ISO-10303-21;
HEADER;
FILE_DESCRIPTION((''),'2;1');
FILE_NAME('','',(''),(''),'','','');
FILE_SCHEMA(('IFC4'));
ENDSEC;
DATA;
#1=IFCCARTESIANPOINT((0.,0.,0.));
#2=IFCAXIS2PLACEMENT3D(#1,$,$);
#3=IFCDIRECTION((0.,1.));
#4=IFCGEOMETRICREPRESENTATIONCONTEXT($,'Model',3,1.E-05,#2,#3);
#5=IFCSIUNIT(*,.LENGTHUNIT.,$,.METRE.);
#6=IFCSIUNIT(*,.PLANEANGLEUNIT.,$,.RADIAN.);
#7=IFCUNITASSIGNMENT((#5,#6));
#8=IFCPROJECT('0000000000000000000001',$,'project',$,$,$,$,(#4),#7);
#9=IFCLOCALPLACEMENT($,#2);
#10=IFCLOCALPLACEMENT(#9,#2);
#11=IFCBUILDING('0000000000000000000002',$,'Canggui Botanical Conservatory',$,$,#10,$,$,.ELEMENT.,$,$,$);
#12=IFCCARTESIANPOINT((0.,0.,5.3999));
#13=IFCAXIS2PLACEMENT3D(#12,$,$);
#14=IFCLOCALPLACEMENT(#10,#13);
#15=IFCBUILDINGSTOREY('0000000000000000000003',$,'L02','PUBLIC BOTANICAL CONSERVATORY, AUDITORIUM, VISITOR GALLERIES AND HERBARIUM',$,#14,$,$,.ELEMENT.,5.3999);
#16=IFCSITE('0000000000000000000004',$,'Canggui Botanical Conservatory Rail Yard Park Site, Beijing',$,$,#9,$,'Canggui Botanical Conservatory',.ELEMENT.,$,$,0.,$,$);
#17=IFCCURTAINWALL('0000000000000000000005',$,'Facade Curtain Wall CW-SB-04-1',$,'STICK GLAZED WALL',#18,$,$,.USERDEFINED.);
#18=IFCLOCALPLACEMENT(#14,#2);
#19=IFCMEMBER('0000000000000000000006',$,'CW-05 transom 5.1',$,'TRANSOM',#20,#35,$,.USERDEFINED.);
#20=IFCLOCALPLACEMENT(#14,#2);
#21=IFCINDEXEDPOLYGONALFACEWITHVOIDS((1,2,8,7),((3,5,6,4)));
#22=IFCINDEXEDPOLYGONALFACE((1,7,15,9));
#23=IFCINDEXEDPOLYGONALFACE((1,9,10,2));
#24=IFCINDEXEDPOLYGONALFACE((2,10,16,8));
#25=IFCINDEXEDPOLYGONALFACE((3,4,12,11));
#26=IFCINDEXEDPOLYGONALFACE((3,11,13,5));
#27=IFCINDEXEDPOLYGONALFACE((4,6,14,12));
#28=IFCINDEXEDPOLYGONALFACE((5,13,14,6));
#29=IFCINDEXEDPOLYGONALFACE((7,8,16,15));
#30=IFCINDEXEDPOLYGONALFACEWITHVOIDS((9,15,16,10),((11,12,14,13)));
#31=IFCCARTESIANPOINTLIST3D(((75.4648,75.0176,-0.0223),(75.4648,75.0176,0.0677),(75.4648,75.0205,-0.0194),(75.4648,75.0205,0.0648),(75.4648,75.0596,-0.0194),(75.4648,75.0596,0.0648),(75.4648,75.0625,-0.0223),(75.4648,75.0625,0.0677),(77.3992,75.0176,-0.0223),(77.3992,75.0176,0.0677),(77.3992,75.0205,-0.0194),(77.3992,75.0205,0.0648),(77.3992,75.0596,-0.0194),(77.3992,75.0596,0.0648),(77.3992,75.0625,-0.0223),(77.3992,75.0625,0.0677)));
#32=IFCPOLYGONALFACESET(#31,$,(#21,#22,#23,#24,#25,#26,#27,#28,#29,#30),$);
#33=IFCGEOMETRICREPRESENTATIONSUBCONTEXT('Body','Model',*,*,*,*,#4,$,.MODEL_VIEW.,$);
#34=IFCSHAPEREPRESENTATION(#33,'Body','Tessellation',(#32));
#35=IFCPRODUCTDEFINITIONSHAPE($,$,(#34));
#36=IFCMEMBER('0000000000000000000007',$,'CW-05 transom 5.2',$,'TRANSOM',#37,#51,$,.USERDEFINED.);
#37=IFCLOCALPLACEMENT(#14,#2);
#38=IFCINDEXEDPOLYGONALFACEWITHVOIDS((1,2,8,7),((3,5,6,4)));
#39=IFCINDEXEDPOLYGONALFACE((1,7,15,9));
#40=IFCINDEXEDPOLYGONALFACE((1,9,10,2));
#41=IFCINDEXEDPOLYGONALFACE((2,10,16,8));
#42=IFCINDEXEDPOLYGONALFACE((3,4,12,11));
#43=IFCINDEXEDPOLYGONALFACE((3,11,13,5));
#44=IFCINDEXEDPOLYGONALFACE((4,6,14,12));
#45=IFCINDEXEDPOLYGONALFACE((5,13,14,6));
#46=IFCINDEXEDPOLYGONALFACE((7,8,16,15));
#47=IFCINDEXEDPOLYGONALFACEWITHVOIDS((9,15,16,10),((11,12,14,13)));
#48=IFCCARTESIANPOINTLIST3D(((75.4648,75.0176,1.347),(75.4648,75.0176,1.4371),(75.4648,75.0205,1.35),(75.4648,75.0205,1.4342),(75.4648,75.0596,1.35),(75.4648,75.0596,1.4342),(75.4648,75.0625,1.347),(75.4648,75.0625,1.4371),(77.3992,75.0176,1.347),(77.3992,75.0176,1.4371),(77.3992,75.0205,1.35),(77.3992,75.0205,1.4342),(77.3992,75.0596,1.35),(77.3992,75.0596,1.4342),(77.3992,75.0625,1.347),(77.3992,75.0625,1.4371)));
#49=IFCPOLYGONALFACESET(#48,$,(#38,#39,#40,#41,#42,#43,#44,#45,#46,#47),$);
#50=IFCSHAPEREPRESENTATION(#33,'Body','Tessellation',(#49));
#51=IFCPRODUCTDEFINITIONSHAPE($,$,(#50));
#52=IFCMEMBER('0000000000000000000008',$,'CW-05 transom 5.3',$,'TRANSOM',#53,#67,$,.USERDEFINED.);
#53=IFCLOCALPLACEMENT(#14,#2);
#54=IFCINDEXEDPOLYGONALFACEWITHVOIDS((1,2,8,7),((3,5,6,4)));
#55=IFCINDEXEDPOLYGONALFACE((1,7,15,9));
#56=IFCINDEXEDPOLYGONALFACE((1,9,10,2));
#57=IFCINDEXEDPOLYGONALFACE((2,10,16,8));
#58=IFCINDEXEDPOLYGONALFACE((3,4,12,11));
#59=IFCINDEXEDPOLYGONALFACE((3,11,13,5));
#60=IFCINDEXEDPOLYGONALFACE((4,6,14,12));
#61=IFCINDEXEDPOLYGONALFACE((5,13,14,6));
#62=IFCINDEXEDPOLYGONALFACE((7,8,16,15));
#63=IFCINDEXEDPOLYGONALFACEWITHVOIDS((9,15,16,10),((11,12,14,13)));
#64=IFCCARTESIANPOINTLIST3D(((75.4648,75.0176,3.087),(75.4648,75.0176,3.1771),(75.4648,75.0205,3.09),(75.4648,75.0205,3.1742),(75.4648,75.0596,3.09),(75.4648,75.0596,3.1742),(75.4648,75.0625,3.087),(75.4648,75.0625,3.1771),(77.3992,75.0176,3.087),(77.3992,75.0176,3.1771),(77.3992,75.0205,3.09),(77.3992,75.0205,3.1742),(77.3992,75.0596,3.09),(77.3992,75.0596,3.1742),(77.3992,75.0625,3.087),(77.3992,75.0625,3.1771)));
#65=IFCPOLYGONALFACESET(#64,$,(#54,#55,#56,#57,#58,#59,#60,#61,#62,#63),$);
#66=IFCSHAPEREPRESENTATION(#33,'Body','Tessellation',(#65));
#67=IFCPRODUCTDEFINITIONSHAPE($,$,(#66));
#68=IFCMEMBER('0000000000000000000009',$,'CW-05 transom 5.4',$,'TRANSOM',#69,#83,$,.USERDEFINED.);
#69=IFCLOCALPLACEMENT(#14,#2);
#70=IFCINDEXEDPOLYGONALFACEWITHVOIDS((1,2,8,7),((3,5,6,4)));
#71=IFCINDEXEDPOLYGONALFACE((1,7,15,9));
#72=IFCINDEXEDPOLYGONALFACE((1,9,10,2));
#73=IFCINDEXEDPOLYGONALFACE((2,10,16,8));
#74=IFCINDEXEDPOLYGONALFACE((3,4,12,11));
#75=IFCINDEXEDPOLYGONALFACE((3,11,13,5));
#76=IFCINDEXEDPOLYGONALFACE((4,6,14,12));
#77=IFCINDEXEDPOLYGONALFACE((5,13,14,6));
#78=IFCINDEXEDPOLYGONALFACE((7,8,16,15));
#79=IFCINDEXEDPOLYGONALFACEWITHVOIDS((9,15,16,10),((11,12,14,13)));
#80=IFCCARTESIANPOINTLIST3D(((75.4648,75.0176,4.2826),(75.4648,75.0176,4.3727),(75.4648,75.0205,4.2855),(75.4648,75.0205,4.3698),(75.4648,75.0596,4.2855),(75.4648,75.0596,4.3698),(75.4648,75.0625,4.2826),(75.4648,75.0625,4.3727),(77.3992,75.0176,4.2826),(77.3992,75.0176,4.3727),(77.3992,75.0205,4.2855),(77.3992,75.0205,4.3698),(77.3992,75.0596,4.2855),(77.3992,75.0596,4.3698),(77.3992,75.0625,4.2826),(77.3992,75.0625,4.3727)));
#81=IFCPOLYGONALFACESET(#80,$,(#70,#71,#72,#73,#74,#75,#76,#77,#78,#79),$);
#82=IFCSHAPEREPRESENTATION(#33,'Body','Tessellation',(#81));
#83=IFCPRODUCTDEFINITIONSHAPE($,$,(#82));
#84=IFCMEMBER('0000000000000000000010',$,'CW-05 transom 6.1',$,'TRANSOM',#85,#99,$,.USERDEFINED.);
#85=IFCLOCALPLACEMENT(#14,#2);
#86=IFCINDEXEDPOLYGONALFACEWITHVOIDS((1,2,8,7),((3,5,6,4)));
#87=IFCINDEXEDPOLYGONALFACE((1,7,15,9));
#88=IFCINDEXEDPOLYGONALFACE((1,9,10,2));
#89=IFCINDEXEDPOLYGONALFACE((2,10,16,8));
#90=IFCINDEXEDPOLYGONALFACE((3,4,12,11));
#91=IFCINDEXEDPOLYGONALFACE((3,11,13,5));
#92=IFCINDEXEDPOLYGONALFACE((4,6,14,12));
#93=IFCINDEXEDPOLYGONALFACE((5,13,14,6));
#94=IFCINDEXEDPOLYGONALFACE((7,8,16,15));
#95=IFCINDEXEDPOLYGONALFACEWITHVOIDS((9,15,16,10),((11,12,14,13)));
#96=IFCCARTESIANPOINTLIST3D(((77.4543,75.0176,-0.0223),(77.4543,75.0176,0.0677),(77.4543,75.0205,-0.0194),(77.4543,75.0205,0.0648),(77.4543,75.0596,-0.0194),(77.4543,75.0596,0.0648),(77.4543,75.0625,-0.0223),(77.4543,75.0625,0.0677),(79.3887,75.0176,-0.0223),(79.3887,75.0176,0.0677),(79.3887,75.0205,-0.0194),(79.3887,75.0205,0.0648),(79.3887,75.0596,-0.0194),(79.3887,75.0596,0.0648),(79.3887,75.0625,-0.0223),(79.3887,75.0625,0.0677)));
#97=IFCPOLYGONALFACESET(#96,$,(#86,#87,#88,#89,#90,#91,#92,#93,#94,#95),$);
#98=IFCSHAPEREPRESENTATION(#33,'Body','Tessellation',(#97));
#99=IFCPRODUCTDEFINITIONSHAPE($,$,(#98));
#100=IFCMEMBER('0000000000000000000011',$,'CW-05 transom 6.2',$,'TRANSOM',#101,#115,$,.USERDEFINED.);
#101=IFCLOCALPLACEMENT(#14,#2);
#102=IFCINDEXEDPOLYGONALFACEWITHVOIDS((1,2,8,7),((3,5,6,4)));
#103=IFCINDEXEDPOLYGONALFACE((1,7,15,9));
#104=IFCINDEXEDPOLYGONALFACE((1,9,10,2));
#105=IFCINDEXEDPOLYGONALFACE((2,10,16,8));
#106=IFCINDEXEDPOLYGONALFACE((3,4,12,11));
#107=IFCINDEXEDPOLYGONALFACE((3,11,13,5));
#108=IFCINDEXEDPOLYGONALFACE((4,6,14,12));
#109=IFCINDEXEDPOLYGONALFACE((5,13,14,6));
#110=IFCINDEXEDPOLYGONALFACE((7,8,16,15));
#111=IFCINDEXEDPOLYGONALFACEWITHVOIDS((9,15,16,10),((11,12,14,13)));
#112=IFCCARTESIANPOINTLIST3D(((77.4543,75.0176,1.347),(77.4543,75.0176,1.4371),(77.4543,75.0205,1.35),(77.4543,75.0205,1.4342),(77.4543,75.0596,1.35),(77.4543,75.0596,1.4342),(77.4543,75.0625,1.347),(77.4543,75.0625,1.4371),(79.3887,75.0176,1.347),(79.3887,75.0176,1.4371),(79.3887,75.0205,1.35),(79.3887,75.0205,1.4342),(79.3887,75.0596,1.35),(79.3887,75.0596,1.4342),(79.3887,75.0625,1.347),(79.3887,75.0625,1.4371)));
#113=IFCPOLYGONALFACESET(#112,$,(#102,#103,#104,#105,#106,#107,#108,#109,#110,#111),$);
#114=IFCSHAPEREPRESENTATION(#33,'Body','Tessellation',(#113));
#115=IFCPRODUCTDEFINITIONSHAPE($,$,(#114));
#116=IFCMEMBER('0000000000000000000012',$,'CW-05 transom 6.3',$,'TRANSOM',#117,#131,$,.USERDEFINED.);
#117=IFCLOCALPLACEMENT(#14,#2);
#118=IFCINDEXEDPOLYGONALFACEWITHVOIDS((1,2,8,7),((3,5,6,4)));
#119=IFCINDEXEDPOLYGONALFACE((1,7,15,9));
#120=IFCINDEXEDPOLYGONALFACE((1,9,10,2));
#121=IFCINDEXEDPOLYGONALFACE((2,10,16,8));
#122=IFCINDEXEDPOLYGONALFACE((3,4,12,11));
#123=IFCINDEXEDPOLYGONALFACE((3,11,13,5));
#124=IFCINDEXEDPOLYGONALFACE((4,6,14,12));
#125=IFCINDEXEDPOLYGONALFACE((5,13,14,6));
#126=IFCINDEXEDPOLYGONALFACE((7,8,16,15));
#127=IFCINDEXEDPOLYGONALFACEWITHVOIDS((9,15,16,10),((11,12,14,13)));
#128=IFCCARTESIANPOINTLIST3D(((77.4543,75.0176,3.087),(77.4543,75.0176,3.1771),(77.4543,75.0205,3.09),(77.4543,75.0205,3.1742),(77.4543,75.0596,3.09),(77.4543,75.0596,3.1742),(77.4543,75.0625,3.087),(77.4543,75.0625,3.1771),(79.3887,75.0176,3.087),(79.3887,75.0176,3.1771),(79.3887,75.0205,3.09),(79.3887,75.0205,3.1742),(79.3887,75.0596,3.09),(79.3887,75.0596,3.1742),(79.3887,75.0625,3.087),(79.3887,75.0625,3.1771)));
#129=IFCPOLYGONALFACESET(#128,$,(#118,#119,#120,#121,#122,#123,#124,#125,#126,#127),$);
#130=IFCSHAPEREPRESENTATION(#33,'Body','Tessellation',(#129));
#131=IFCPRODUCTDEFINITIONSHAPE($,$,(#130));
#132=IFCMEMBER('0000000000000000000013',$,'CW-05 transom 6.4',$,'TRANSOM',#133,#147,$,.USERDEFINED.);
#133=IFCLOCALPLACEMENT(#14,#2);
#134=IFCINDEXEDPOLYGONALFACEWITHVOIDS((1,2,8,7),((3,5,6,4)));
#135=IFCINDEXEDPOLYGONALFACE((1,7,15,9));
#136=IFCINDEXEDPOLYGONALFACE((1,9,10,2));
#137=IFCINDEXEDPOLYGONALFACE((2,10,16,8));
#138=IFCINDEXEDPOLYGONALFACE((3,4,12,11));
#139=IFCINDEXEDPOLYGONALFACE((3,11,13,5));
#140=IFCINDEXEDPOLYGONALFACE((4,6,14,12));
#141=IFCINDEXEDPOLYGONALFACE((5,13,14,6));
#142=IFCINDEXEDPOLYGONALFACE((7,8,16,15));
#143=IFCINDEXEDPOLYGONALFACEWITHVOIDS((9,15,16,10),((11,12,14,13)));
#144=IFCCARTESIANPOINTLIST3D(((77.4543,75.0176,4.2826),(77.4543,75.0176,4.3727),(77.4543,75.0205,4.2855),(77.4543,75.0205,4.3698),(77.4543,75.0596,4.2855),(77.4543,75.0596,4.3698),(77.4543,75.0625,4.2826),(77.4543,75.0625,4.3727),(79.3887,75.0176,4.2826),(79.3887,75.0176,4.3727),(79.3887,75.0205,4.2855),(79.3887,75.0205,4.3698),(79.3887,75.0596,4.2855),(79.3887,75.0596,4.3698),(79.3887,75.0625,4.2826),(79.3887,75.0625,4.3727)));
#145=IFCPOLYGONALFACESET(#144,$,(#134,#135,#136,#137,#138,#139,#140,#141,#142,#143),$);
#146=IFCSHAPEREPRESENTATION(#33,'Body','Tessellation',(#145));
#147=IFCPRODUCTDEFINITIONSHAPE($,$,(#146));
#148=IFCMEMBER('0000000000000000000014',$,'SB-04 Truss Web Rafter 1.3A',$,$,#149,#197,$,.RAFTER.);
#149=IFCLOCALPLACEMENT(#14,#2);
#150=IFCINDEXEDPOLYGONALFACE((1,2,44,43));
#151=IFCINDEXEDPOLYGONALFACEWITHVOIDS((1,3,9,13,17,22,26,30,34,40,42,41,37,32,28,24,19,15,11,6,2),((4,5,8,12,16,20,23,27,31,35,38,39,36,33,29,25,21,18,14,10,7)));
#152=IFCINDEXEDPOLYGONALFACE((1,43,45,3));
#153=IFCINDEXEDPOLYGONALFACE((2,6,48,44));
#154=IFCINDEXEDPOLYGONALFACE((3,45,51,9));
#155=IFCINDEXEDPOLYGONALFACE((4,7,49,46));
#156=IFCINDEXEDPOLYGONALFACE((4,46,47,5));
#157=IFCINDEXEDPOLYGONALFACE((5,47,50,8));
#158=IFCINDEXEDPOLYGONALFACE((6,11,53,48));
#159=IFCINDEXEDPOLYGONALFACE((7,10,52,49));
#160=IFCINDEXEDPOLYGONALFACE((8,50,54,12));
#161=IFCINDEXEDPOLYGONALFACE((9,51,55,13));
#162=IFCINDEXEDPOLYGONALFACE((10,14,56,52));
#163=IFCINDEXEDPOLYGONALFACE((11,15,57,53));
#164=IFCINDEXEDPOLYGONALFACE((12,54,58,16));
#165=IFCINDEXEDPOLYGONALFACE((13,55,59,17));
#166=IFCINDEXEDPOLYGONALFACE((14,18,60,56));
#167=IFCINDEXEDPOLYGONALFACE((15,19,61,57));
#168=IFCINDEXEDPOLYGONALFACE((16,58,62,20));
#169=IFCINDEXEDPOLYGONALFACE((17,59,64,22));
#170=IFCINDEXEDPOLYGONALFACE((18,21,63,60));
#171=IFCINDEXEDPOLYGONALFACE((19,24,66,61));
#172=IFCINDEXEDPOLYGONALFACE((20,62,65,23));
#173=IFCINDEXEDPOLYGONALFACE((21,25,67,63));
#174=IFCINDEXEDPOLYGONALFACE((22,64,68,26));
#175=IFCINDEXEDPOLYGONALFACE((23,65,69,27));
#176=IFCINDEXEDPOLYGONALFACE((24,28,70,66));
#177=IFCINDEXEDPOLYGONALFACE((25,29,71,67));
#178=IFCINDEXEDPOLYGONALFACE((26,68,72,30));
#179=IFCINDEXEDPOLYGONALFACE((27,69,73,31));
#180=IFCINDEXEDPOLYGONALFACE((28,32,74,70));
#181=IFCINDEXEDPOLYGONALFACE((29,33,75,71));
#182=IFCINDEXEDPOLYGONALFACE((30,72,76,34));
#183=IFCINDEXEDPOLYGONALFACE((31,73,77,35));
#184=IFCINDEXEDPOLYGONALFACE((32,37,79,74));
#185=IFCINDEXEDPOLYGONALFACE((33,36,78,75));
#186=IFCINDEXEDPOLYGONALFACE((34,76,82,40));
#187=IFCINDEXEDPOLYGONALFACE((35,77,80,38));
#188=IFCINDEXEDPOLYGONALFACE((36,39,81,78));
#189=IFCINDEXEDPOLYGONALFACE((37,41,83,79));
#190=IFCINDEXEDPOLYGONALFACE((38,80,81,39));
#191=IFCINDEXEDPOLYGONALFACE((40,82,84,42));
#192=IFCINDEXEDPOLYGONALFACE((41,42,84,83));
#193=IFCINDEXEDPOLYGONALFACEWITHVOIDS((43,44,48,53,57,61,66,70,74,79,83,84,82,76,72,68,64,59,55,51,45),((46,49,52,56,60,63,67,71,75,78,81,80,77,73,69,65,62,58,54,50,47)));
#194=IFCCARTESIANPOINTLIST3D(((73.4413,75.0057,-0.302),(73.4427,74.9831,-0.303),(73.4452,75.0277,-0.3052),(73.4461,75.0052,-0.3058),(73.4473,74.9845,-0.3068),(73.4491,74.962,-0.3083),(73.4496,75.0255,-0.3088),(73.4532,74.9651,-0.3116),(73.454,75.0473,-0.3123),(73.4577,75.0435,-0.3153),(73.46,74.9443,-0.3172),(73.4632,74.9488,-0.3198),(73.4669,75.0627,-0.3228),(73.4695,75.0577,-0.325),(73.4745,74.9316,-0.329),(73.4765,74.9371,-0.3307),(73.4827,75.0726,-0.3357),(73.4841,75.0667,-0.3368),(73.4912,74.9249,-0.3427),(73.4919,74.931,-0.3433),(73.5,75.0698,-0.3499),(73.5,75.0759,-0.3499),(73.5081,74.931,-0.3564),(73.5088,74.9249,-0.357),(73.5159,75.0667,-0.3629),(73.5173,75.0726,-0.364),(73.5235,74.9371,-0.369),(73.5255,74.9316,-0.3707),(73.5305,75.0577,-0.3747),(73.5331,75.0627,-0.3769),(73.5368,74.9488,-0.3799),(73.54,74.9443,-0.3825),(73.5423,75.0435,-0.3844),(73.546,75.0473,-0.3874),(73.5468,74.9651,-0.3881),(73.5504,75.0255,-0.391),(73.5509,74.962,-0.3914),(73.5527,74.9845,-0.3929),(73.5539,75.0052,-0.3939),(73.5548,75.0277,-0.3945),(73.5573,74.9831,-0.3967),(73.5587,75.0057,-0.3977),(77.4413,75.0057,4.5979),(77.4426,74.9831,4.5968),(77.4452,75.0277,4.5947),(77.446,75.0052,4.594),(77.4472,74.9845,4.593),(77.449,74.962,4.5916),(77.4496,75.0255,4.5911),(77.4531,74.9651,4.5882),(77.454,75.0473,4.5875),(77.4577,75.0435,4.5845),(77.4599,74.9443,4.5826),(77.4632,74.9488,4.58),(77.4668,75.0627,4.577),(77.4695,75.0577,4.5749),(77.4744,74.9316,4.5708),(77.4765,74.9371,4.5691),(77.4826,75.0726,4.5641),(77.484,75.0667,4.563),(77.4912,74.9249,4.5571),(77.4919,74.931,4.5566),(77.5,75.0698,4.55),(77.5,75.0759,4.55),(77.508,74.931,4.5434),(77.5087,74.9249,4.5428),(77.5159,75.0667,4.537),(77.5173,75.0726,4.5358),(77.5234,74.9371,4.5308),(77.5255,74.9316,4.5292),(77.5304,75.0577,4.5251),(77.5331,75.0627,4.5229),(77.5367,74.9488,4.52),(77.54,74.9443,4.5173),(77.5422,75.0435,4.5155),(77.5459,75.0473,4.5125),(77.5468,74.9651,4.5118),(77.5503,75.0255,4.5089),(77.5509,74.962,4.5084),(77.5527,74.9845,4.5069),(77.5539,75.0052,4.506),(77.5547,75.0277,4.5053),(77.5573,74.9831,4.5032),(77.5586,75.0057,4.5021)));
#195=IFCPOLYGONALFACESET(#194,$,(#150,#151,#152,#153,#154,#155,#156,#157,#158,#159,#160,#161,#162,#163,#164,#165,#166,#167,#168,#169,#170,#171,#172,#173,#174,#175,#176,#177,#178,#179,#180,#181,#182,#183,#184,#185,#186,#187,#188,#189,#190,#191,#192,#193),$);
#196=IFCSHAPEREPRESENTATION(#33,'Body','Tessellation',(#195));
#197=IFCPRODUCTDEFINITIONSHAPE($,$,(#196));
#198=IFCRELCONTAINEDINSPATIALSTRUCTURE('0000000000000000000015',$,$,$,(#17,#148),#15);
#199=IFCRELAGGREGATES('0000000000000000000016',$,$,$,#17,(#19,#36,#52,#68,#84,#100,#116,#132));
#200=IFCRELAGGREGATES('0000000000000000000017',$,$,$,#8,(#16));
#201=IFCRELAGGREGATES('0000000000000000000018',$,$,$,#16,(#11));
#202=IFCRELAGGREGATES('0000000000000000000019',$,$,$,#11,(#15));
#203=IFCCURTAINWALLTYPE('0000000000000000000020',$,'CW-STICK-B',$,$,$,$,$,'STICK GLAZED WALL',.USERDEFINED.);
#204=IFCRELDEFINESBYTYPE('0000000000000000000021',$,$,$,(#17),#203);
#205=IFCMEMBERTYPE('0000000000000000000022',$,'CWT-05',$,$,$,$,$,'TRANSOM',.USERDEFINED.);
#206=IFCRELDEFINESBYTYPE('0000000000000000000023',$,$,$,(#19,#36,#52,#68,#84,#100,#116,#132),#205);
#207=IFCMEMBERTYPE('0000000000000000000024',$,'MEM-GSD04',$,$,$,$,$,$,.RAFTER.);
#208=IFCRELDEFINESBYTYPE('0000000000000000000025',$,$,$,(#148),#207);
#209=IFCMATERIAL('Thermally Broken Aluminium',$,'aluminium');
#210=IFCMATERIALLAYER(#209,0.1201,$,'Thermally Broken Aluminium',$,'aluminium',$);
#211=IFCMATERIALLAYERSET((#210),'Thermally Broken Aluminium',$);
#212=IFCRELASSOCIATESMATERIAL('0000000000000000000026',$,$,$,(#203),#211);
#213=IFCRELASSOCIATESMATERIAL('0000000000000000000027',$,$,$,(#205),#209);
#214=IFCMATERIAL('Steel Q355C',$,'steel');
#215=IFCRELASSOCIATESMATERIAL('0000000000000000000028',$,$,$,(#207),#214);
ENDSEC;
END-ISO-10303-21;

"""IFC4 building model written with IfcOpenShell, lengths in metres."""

from ifc_helpers import new_model, si_unit, direction, frame, origin, origin_2d, place, context, subcontext, project, spatial, hollow_rectangle, hollow_circle, extrude, material, layer, layer_set, material_profile, profile_set, type_object, element, aggregate, save


model = new_model("IFC4")

# Units and contexts
model_context = context("Model", 3, precision=1e-05, world=origin(), true_north=direction((0.0, 1.0)))
body_context = subcontext(model_context, "Body", "Model", "MODEL_VIEW")
ifc_project = project(units=[si_unit("LENGTHUNIT", "METRE"), si_unit("PLANEANGLEUNIT", "RADIAN")], contexts=[model_context])

# Site, building, storey
site_placement = place(None, origin())
site = spatial("IfcSite", under=ifc_project, at=site_placement, Name="Canggui Botanical Conservatory Rail Yard Park Site, Beijing", LongName="Canggui Botanical Conservatory", CompositionType="ELEMENT", RefElevation=0.0)
building_placement = place(site_placement, origin())
building = spatial("IfcBuilding", under=site, at=building_placement, Name="Canggui Botanical Conservatory", CompositionType="ELEMENT")
storey_placement = place(building_placement, frame((0.0, 0.0, 5.3999)))
storey = spatial("IfcBuildingStorey", under=building, at=storey_placement, Name="L02", Description="PUBLIC BOTANICAL CONSERVATORY, AUDITORIUM, VISITOR GALLERIES AND HERBARIUM", CompositionType="ELEMENT", Elevation=5.3999)

# Shared definitions
ifc_material_1 = material(Name="Steel Q355C", Category="steel")

# Curtain wall, members
ifc_material_2 = material(Name="Thermally Broken Aluminium", Category="aluminium")
ifc_layer_1 = layer(ifc_material_2, 0.1201, Name="Thermally Broken Aluminium", Category="aluminium")
ifc_layer_set_1 = layer_set([ifc_layer_1], Name="Thermally Broken Aluminium")
curtain_wall_type = type_object("IfcCurtainWallType", Name="CW-STICK-B", ElementType="STICK GLAZED WALL", PredefinedType="USERDEFINED", material=ifc_layer_set_1)
curtain_wall_placement = place(storey_placement, origin())
curtain_wall = element("IfcCurtainWall", 1, at=curtain_wall_placement, inside=storey, type_object=curtain_wall_type, Name="Facade Curtain Wall CW-SB-04-1", ObjectType="STICK GLAZED WALL", PredefinedType="USERDEFINED")
ifc_material_profile_1 = material_profile(ifc_material_2, hollow_rectangle(XDim=0.0449, YDim=0.0901, WallThickness=0.0029, at=origin_2d()), Name="CWT 45x90x3")
ifc_profile_set_1 = profile_set([ifc_material_profile_1], Name="Thermally Broken Aluminium")
member_type_1 = type_object("IfcMemberType", Name="CWT-05", ElementType="TRANSOM", PredefinedType="USERDEFINED", material=ifc_profile_set_1)
member_1_placement = place(storey_placement, frame((75.4648, 75.04, 0.0227), z_axis=(1.0, 0.0, 0.0), x_axis=(0.0, 1.0, 0.0)))
member_1 = element("IfcMember", 2, at=member_1_placement, type_object=member_type_1, Name="CW-05 transom 5.1", ObjectType="TRANSOM", PredefinedType="USERDEFINED", context=body_context, shape_type="SweptSolid", body=[
    extrude(hollow_rectangle(XDim=0.0449, YDim=0.0901, WallThickness=0.0029, at=origin_2d()), origin(), (0.0, 0.0, 1.0), 1.9343),
])
member_2_placement = place(storey_placement, frame((75.4648, 75.04, 1.3921), z_axis=(1.0, 0.0, 0.0), x_axis=(0.0, 1.0, 0.0)))
member_2 = element("IfcMember", 3, at=member_2_placement, type_object=member_type_1, Name="CW-05 transom 5.2", ObjectType="TRANSOM", PredefinedType="USERDEFINED", context=body_context, shape_type="SweptSolid", body=[
    extrude(hollow_rectangle(XDim=0.0449, YDim=0.0901, WallThickness=0.0029, at=origin_2d()), origin(), (0.0, 0.0, 1.0), 1.9343),
])
member_3_placement = place(storey_placement, frame((75.4648, 75.04, 3.1321), z_axis=(1.0, 0.0, 0.0), x_axis=(0.0, 1.0, 0.0)))
member_3 = element("IfcMember", 4, at=member_3_placement, type_object=member_type_1, Name="CW-05 transom 5.3", ObjectType="TRANSOM", PredefinedType="USERDEFINED", context=body_context, shape_type="SweptSolid", body=[
    extrude(hollow_rectangle(XDim=0.0449, YDim=0.0901, WallThickness=0.0029, at=origin_2d()), origin(), (0.0, 0.0, 1.0), 1.9343),
])
member_4_placement = place(storey_placement, frame((75.4648, 75.04, 4.3276), z_axis=(1.0, 0.0, 0.0), x_axis=(0.0, 1.0, 0.0)))
member_4 = element("IfcMember", 5, at=member_4_placement, type_object=member_type_1, Name="CW-05 transom 5.4", ObjectType="TRANSOM", PredefinedType="USERDEFINED", context=body_context, shape_type="SweptSolid", body=[
    extrude(hollow_rectangle(XDim=0.0449, YDim=0.0901, WallThickness=0.0029, at=origin_2d()), origin(), (0.0, 0.0, 1.0), 1.9343),
])
member_5_placement = place(storey_placement, frame((77.4543, 75.04, 0.0227), z_axis=(1.0, 0.0, 0.0), x_axis=(0.0, 1.0, 0.0)))
member_5 = element("IfcMember", 6, at=member_5_placement, type_object=member_type_1, Name="CW-05 transom 6.1", ObjectType="TRANSOM", PredefinedType="USERDEFINED", context=body_context, shape_type="SweptSolid", body=[
    extrude(hollow_rectangle(XDim=0.0449, YDim=0.0901, WallThickness=0.0029, at=origin_2d()), origin(), (0.0, 0.0, 1.0), 1.9343),
])
member_6_placement = place(storey_placement, frame((77.4543, 75.04, 1.3921), z_axis=(1.0, 0.0, 0.0), x_axis=(0.0, 1.0, 0.0)))
member_6 = element("IfcMember", 7, at=member_6_placement, type_object=member_type_1, Name="CW-05 transom 6.2", ObjectType="TRANSOM", PredefinedType="USERDEFINED", context=body_context, shape_type="SweptSolid", body=[
    extrude(hollow_rectangle(XDim=0.0449, YDim=0.0901, WallThickness=0.0029, at=origin_2d()), origin(), (0.0, 0.0, 1.0), 1.9343),
])
member_7_placement = place(storey_placement, frame((77.4543, 75.04, 3.1321), z_axis=(1.0, 0.0, 0.0), x_axis=(0.0, 1.0, 0.0)))
member_7 = element("IfcMember", 8, at=member_7_placement, type_object=member_type_1, Name="CW-05 transom 6.3", ObjectType="TRANSOM", PredefinedType="USERDEFINED", context=body_context, shape_type="SweptSolid", body=[
    extrude(hollow_rectangle(XDim=0.0449, YDim=0.0901, WallThickness=0.0029, at=origin_2d()), origin(), (0.0, 0.0, 1.0), 1.9343),
])
member_8_placement = place(storey_placement, frame((77.4543, 75.04, 4.3276), z_axis=(1.0, 0.0, 0.0), x_axis=(0.0, 1.0, 0.0)))
member_8 = element("IfcMember", 9, at=member_8_placement, type_object=member_type_1, Name="CW-05 transom 6.4", ObjectType="TRANSOM", PredefinedType="USERDEFINED", context=body_context, shape_type="SweptSolid", body=[
    extrude(hollow_rectangle(XDim=0.0449, YDim=0.0901, WallThickness=0.0029, at=origin_2d()), origin(), (0.0, 0.0, 1.0), 1.9343),
])

# Member
ifc_material_profile_2 = material_profile(ifc_material_1, hollow_circle(Radius=0.0759, WallThickness=0.0061, at=origin_2d()), Name="CHS 152x6")
ifc_profile_set_2 = profile_set([ifc_material_profile_2], Name="Steel Q355C")
member_type_2 = type_object("IfcMemberType", Name="MEM-GSD04", PredefinedType="RAFTER", material=ifc_profile_set_2)
for number, where, z_axis, x_axis, name in (
    (10, (73.5, 75.0, -0.3499), (0.632384, 0.0, 0.774655), (0.0, 1.0, 0.0), "SB-04 Truss Web Rafter 1.3A"),
):
    element("IfcMember", number, at=place(storey_placement, frame(where, z_axis=z_axis, x_axis=x_axis)), inside=storey, type_object=member_type_2, Name=name, PredefinedType="RAFTER", context=body_context, shape_type="SweptSolid", body=[
        extrude(hollow_circle(Radius=0.0759, WallThickness=0.0061, at=origin_2d()), origin(), (0.0, 0.0, 1.0), 6.3252),
    ])

aggregate(curtain_wall, [member_1, member_2, member_3, member_4, member_5, member_6, member_7, member_8])

save(model, "model.ifc")
